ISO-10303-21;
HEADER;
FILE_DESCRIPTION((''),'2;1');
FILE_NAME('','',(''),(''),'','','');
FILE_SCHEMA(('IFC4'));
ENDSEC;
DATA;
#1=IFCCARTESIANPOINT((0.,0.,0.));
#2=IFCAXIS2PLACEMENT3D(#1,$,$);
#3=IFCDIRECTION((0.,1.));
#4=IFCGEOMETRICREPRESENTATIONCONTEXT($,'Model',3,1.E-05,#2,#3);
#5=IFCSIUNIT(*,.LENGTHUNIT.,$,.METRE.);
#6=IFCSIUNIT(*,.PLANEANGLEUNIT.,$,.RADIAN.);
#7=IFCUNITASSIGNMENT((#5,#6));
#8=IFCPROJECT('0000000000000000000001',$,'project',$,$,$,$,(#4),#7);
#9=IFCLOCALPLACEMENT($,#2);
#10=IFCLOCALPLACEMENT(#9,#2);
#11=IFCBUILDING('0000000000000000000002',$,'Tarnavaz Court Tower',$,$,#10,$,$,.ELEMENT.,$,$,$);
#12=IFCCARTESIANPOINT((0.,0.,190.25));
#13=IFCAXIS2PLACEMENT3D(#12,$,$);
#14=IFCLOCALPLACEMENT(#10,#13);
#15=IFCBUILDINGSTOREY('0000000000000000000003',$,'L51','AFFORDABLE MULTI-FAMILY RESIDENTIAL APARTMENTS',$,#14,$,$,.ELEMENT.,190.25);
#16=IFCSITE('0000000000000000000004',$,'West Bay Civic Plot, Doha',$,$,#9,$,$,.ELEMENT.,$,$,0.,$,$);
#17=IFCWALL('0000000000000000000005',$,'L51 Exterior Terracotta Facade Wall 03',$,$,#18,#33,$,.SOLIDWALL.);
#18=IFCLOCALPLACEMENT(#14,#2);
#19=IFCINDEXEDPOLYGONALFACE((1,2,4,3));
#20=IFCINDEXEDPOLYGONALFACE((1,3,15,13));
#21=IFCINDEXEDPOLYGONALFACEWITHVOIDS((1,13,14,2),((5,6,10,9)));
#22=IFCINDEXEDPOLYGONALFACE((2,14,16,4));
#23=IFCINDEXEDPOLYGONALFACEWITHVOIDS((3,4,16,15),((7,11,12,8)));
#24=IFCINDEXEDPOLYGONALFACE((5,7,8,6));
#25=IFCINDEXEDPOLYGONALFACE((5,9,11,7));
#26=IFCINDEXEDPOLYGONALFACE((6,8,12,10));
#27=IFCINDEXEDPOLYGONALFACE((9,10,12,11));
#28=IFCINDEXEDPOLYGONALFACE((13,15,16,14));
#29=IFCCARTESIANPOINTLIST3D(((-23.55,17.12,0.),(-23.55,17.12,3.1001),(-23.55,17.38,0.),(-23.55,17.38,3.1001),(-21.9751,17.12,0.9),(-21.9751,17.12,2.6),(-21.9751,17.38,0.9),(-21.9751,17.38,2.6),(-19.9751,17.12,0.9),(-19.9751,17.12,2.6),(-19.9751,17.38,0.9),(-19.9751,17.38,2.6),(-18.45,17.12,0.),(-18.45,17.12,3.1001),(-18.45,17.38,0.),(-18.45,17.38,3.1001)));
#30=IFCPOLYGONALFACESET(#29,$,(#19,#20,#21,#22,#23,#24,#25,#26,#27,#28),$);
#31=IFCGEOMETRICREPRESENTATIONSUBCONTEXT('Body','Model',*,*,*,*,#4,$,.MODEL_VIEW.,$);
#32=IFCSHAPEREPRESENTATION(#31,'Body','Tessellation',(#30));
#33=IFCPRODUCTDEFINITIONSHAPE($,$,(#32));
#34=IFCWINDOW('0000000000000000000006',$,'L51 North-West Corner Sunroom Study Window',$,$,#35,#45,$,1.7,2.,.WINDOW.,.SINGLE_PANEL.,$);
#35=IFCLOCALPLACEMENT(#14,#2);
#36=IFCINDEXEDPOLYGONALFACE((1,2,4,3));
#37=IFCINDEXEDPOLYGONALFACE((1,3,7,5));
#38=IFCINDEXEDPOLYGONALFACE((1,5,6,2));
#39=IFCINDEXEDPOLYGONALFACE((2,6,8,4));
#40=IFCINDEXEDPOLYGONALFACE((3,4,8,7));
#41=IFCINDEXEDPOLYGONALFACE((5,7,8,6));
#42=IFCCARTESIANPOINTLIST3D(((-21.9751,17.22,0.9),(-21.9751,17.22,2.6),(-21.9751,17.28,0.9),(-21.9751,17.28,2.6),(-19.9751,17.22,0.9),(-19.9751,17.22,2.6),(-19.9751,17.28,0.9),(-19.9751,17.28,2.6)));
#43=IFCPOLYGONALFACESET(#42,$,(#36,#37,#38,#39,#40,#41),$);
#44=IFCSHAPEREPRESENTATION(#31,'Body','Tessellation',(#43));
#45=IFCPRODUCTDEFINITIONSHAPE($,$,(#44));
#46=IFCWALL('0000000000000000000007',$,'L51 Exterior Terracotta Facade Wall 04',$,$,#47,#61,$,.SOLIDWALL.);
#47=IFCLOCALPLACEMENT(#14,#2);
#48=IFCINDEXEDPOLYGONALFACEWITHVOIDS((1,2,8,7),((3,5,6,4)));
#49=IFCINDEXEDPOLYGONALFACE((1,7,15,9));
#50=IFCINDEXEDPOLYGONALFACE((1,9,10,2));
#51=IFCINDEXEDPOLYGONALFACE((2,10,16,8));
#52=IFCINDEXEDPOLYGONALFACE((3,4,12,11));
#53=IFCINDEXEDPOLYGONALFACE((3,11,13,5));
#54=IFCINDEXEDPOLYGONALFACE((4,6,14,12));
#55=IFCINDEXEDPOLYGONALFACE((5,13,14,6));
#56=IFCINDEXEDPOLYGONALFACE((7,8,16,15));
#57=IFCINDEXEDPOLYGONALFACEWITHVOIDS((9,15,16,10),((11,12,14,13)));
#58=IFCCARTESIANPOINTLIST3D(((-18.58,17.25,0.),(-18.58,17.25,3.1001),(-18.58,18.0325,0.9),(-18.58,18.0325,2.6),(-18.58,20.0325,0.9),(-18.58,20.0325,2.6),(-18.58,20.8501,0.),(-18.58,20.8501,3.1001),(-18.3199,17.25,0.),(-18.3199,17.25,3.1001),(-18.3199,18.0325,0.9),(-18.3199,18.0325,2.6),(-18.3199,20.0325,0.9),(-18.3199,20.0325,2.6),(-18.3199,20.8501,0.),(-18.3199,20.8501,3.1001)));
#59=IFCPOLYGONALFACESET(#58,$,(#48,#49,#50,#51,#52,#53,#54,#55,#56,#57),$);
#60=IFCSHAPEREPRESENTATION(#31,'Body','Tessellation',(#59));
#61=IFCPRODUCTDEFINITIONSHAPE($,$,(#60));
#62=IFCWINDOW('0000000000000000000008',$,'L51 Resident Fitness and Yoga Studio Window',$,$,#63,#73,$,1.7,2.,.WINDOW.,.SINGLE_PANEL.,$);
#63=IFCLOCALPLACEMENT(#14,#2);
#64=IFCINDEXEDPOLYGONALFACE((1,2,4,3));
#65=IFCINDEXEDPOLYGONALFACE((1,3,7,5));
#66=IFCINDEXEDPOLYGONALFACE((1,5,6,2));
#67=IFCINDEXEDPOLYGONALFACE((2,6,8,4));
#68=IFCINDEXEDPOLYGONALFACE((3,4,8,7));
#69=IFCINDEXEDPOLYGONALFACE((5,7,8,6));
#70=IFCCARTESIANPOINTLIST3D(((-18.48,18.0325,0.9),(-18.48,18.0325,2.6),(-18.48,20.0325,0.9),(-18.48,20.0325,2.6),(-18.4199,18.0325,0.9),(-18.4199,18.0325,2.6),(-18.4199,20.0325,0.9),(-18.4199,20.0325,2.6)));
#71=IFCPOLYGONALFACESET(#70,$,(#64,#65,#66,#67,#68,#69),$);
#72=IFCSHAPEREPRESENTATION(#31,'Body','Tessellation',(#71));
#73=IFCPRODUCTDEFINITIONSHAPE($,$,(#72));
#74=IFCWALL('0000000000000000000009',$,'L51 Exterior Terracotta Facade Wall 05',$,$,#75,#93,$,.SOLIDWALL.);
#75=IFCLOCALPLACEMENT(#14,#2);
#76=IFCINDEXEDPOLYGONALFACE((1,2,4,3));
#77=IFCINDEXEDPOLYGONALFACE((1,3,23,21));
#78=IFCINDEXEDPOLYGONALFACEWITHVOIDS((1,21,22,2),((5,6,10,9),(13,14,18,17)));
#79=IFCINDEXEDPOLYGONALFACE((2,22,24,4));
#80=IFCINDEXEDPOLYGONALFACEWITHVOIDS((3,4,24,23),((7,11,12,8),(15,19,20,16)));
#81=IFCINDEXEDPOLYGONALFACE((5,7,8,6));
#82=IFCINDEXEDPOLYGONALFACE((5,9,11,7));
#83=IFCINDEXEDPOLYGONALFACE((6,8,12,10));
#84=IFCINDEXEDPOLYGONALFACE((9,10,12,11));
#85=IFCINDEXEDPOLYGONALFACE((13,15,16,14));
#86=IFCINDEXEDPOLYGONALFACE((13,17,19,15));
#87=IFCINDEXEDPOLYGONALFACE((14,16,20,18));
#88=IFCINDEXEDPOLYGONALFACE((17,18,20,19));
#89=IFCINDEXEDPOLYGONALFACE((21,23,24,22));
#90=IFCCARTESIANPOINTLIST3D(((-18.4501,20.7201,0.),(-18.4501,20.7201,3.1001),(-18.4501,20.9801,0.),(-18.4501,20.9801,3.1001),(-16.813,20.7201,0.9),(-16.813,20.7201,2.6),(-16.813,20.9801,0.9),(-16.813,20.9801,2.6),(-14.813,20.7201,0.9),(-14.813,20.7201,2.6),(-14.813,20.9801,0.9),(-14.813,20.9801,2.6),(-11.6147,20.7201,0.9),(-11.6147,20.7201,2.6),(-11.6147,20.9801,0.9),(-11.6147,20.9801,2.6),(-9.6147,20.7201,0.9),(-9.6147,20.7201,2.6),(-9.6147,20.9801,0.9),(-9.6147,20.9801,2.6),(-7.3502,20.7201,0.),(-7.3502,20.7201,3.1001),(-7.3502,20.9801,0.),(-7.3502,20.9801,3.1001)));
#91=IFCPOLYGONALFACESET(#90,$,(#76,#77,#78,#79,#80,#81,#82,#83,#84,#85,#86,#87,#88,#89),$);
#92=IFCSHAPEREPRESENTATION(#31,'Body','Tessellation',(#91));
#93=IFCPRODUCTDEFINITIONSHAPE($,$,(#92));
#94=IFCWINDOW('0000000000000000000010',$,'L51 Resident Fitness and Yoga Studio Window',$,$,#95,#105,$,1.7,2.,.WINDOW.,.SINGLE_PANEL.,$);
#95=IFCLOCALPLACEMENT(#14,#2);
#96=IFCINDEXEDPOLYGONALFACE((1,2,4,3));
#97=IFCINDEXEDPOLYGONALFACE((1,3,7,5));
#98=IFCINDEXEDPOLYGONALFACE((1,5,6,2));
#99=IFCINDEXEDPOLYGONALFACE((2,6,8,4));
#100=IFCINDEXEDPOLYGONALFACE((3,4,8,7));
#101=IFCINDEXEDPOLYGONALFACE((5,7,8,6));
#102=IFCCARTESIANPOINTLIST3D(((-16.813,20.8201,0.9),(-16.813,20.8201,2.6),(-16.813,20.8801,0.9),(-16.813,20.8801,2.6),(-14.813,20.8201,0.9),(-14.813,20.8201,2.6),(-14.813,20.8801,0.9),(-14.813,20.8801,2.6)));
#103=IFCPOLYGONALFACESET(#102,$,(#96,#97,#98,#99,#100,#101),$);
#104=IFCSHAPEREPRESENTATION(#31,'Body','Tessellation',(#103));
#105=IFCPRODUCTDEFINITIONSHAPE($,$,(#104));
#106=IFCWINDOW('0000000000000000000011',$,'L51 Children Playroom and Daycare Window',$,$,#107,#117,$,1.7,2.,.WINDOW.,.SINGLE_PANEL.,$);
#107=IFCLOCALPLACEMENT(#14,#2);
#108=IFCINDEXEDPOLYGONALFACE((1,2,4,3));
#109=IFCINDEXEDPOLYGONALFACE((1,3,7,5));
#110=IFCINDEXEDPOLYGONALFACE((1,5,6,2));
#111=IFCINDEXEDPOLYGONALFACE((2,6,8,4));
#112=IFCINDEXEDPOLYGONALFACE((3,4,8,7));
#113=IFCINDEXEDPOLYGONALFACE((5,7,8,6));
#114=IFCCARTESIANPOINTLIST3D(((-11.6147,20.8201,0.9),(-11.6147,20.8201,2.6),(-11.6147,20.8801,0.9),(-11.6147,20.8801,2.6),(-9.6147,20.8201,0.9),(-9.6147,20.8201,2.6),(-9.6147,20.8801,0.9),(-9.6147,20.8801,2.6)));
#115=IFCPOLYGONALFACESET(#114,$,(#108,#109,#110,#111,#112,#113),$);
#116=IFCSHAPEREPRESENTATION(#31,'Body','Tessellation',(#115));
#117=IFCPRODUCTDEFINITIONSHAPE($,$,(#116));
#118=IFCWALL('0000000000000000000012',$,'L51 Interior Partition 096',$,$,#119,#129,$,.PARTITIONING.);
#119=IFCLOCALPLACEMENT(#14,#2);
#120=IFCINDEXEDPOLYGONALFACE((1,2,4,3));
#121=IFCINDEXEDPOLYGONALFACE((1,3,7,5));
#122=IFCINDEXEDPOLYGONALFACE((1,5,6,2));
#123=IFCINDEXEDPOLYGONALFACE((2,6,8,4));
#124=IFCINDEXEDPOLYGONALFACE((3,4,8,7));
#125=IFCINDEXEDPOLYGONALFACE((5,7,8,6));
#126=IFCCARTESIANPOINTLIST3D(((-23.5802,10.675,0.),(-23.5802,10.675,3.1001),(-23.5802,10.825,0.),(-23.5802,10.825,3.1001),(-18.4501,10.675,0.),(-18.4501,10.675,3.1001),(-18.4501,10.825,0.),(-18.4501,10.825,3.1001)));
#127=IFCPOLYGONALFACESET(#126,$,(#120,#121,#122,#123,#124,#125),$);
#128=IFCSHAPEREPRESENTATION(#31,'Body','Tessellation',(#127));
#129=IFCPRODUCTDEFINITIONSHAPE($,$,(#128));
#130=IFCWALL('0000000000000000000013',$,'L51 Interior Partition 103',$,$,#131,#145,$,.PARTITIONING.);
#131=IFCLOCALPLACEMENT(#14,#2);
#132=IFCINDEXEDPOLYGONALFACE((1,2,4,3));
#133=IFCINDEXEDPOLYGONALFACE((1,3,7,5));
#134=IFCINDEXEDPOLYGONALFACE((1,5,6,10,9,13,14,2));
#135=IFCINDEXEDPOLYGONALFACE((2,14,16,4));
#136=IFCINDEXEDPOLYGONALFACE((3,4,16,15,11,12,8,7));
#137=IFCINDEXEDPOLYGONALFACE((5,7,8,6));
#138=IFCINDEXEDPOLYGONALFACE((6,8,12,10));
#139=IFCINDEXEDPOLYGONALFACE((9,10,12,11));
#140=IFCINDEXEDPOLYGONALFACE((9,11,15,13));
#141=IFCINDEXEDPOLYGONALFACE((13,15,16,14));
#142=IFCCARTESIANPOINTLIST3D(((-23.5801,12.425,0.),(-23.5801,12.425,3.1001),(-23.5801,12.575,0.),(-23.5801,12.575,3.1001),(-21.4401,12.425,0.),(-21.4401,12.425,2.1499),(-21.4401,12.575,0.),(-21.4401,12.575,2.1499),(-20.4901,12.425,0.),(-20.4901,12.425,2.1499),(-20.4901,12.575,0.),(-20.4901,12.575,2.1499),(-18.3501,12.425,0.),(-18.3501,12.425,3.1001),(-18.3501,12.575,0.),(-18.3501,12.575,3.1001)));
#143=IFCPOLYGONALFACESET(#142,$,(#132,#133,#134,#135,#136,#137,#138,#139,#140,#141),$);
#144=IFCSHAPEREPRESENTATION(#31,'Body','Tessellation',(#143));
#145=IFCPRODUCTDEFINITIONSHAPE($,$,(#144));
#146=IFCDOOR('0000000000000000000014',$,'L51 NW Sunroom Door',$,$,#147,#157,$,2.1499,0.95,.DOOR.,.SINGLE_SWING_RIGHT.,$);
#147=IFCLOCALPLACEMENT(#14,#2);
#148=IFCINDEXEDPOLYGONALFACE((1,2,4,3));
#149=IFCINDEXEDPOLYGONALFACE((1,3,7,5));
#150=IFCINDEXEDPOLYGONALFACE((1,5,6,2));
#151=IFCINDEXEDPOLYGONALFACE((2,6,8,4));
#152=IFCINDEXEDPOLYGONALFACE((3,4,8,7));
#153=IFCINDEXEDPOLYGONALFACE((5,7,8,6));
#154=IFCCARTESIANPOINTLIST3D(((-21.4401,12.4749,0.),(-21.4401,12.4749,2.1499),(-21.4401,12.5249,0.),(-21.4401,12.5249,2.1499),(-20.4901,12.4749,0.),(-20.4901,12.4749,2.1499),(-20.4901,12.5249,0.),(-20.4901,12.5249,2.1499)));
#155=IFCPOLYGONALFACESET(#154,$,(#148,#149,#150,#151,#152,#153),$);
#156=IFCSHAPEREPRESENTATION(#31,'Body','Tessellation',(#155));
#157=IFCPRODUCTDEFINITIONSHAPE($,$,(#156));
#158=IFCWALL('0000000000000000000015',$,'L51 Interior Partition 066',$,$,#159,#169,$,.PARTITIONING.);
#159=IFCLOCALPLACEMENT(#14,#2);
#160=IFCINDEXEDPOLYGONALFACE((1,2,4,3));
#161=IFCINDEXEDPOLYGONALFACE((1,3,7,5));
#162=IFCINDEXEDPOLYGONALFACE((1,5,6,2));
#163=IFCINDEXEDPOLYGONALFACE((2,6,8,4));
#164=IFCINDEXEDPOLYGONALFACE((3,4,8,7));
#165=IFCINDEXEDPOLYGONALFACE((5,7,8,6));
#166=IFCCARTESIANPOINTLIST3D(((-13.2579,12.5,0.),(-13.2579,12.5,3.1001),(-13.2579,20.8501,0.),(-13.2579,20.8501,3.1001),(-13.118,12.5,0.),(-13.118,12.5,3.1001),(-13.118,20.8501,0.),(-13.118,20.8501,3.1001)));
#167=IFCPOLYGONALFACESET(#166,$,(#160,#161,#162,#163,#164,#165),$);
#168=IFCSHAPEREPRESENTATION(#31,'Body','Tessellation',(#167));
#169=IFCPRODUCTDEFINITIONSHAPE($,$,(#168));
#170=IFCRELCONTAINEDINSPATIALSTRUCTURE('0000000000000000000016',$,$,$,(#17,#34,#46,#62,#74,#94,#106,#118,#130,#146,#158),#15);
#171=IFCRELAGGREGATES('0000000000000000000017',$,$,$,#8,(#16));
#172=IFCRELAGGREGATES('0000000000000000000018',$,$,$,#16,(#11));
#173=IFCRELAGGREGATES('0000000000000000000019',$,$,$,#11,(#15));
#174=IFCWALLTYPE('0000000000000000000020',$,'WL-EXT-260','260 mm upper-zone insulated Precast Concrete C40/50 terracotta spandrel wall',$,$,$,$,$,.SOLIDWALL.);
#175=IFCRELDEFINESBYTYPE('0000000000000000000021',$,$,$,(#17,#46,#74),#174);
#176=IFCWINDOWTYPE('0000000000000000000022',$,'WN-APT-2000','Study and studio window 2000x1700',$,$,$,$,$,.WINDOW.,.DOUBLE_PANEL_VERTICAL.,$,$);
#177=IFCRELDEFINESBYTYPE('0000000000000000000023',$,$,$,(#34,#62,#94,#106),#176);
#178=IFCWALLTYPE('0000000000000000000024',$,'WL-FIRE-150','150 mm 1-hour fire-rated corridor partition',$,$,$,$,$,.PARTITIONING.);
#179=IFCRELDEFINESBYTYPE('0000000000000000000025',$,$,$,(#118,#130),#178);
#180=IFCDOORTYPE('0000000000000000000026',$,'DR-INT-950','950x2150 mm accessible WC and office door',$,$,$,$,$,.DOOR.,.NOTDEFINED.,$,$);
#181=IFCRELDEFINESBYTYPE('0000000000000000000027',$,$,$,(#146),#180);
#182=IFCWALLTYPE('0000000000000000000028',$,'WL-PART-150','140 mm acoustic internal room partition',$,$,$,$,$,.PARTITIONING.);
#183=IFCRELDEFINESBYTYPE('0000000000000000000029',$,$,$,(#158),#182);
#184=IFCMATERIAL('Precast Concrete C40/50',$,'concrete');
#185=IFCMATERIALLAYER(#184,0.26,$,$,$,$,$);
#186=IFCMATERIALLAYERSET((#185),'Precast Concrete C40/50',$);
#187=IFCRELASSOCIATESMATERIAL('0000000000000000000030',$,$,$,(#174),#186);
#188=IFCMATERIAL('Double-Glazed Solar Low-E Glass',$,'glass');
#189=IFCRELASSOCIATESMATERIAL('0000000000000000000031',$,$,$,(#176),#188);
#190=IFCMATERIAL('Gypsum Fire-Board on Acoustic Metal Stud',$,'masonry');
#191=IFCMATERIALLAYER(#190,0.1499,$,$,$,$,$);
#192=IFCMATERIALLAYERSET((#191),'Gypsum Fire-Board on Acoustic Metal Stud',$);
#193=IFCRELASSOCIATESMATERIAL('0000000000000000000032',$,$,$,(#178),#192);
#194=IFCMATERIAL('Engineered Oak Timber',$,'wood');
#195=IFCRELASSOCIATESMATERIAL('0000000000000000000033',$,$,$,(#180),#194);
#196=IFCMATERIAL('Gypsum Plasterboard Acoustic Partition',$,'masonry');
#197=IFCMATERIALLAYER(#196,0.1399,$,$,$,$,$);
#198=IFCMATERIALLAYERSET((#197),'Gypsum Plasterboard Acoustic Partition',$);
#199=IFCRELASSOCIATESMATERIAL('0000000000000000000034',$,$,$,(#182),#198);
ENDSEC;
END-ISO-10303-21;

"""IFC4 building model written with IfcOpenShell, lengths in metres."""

from ifc_helpers import new_model, si_unit, direction, frame, frame_2d, origin, place, context, subcontext, project, spatial, rectangle, extrude, material, layer, layer_set, type_object, element, fill, save


model = new_model("IFC4")

# Units and contexts
model_context = context("Model", 3, precision=1e-05, world=origin(), true_north=direction((0.0, 1.0)))
body_context = subcontext(model_context, "Body", "Model", "MODEL_VIEW")
ifc_project = project(units=[si_unit("LENGTHUNIT", "METRE"), si_unit("PLANEANGLEUNIT", "RADIAN")], contexts=[model_context])

# Site, building, storey
site_placement = place(None, origin())
site = spatial("IfcSite", under=ifc_project, at=site_placement, Name="West Bay Civic Plot, Doha", CompositionType="ELEMENT", RefElevation=0.0)
building_placement = place(site_placement, origin())
building = spatial("IfcBuilding", under=site, at=building_placement, Name="Tarnavaz Court Tower", CompositionType="ELEMENT")
storey_placement = place(building_placement, frame((0.0, 0.0, 190.25)))
storey = spatial("IfcBuildingStorey", under=building, at=storey_placement, Name="L51", Description="AFFORDABLE MULTI-FAMILY RESIDENTIAL APARTMENTS", CompositionType="ELEMENT", Elevation=190.25)

# Walls, openings, windows
ifc_material_1 = material(Name="Precast Concrete C40/50", Category="concrete")
ifc_layer_1 = layer(ifc_material_1, 0.26)
ifc_layer_set_1 = layer_set([ifc_layer_1], Name="Precast Concrete C40/50")
wall_type_1 = type_object("IfcWallType", Name="WL-EXT-260", Description="260 mm upper-zone insulated Precast Concrete C40/50 terracotta spandrel wall", PredefinedType="SOLIDWALL", material=ifc_layer_set_1)
wall_1_placement = place(storey_placement, frame((-23.55, 17.25, 0.0), z_axis=(0.0, 0.0, 1.0), x_axis=(1.0, 0.0, 0.0)))
wall_1 = element("IfcWall", 1, at=wall_1_placement, inside=storey, type_object=wall_type_1, Name="L51 Exterior Terracotta Facade Wall 03", PredefinedType="SOLIDWALL", context=body_context, shape_type="SweptSolid", body=[
    extrude(rectangle(XDim=5.1001, YDim=0.26, at=frame_2d((2.55, 0.0))), origin(), (0.0, 0.0, 1.0), 3.1001),
])
opening_1_placement = place(wall_1_placement, frame((1.575, 0.0, 0.8999)))
opening_1 = element("IfcOpeningElement", 2, at=opening_1_placement, cuts=wall_1, PredefinedType="OPENING", context=body_context, shape_type="SweptSolid", body=[
    extrude(rectangle(XDim=2.0, YDim=1.7, at=frame_2d((1.0, 0.8501))), frame((0.0, 0.1399, 0.0), z_axis=(0.0, -1.0, 0.0), x_axis=(1.0, 0.0, 0.0)), (0.0, 0.0, 1.0), 0.28),
])
ifc_material_2 = material(Name="Double-Glazed Solar Low-E Glass", Category="glass")
window_type = type_object("IfcWindowType", Name="WN-APT-2000", Description="Study and studio window 2000x1700", PartitioningType="DOUBLE_PANEL_VERTICAL", PredefinedType="WINDOW", material=ifc_material_2)
window_1_placement = place(opening_1_placement, origin())
window_1 = element("IfcWindow", 3, at=window_1_placement, inside=storey, type_object=window_type, Name="L51 North-West Corner Sunroom Study Window", OverallHeight=1.7, OverallWidth=2.0, PartitioningType="SINGLE_PANEL", PredefinedType="WINDOW", context=body_context, shape_type="SweptSolid", body=[
    extrude(rectangle(XDim=2.0, YDim=1.7, at=frame_2d((1.0, 0.8501))), frame((0.0, 0.03, 0.0), z_axis=(0.0, -1.0, 0.0), x_axis=(1.0, 0.0, 0.0)), (0.0, 0.0, 1.0), 0.0601),
])
fill(opening_1, window_1)
wall_2_placement = place(storey_placement, frame((-18.45, 17.25, 0.0), z_axis=(0.0, 0.0, 1.0), x_axis=(0.0, 1.0, 0.0)))
wall_2 = element("IfcWall", 4, at=wall_2_placement, inside=storey, type_object=wall_type_1, Name="L51 Exterior Terracotta Facade Wall 04", PredefinedType="SOLIDWALL", context=body_context, shape_type="SweptSolid", body=[
    extrude(rectangle(XDim=3.6001, YDim=0.26, at=frame_2d((1.8, 0.0))), origin(), (0.0, 0.0, 1.0), 3.1001),
])
opening_2_placement = place(wall_2_placement, frame((0.7825, 0.0, 0.8999)))
opening_2 = element("IfcOpeningElement", 5, at=opening_2_placement, cuts=wall_2, PredefinedType="OPENING", context=body_context, shape_type="SweptSolid", body=[
    extrude(rectangle(XDim=2.0, YDim=1.7, at=frame_2d((1.0, 0.8501))), frame((0.0, 0.1399, 0.0), z_axis=(0.0, -1.0, 0.0), x_axis=(1.0, 0.0, 0.0)), (0.0, 0.0, 1.0), 0.28),
])
window_2_placement = place(opening_2_placement, origin())
window_2 = element("IfcWindow", 6, at=window_2_placement, inside=storey, type_object=window_type, Name="L51 Resident Fitness and Yoga Studio Window", OverallHeight=1.7, OverallWidth=2.0, PartitioningType="SINGLE_PANEL", PredefinedType="WINDOW", context=body_context, shape_type="SweptSolid", body=[
    extrude(rectangle(XDim=2.0, YDim=1.7, at=frame_2d((1.0, 0.8501))), frame((0.0, 0.03, 0.0), z_axis=(0.0, -1.0, 0.0), x_axis=(1.0, 0.0, 0.0)), (0.0, 0.0, 1.0), 0.0601),
])
fill(opening_2, window_2)

# Wall, openings, windows
wall_3_placement = place(storey_placement, frame((-18.45, 20.8501, 0.0), z_axis=(0.0, 0.0, 1.0), x_axis=(1.0, 0.0, 0.0)))
wall_3 = element("IfcWall", 7, at=wall_3_placement, inside=storey, type_object=wall_type_1, Name="L51 Exterior Terracotta Facade Wall 05", PredefinedType="SOLIDWALL", context=body_context, shape_type="SweptSolid", body=[
    extrude(rectangle(XDim=11.0999, YDim=0.26, at=frame_2d((5.5498, 0.0))), origin(), (0.0, 0.0, 1.0), 3.1001),
])
opening_3_placement = place(wall_3_placement, frame((1.637, 0.0, 0.8999)))
opening_3 = element("IfcOpeningElement", 8, at=opening_3_placement, cuts=wall_3, PredefinedType="OPENING", context=body_context, shape_type="SweptSolid", body=[
    extrude(rectangle(XDim=2.0, YDim=1.7, at=frame_2d((1.0, 0.8501))), frame((0.0, 0.1399, 0.0), z_axis=(0.0, -1.0, 0.0), x_axis=(1.0, 0.0, 0.0)), (0.0, 0.0, 1.0), 0.28),
])
opening_4_placement = place(wall_3_placement, frame((6.8352, 0.0, 0.8999)))
opening_4 = element("IfcOpeningElement", 9, at=opening_4_placement, cuts=wall_3, PredefinedType="OPENING", context=body_context, shape_type="SweptSolid", body=[
    extrude(rectangle(XDim=2.0, YDim=1.7, at=frame_2d((1.0, 0.8501))), frame((0.0, 0.1399, 0.0), z_axis=(0.0, -1.0, 0.0), x_axis=(1.0, 0.0, 0.0)), (0.0, 0.0, 1.0), 0.28),
])
window_3_placement = place(opening_3_placement, origin())
window_3 = element("IfcWindow", 10, at=window_3_placement, inside=storey, type_object=window_type, Name="L51 Resident Fitness and Yoga Studio Window", OverallHeight=1.7, OverallWidth=2.0, PartitioningType="SINGLE_PANEL", PredefinedType="WINDOW", context=body_context, shape_type="SweptSolid", body=[
    extrude(rectangle(XDim=2.0, YDim=1.7, at=frame_2d((1.0, 0.8501))), frame((0.0, 0.03, 0.0), z_axis=(0.0, -1.0, 0.0), x_axis=(1.0, 0.0, 0.0)), (0.0, 0.0, 1.0), 0.0601),
])
fill(opening_3, window_3)
window_4_placement = place(opening_4_placement, origin())
window_4 = element("IfcWindow", 11, at=window_4_placement, inside=storey, type_object=window_type, Name="L51 Children Playroom and Daycare Window", OverallHeight=1.7, OverallWidth=2.0, PartitioningType="SINGLE_PANEL", PredefinedType="WINDOW", context=body_context, shape_type="SweptSolid", body=[
    extrude(rectangle(XDim=2.0, YDim=1.7, at=frame_2d((1.0, 0.8501))), frame((0.0, 0.03, 0.0), z_axis=(0.0, -1.0, 0.0), x_axis=(1.0, 0.0, 0.0)), (0.0, 0.0, 1.0), 0.0601),
])
fill(opening_4, window_4)

# Shared definitions
ifc_material_3 = material(Name="Gypsum Fire-Board on Acoustic Metal Stud", Category="masonry")
ifc_layer_2 = layer(ifc_material_3, 0.1499)
ifc_layer_set_2 = layer_set([ifc_layer_2], Name="Gypsum Fire-Board on Acoustic Metal Stud")
wall_type_2 = type_object("IfcWallType", Name="WL-FIRE-150", Description="150 mm 1-hour fire-rated corridor partition", PredefinedType="PARTITIONING", material=ifc_layer_set_2)
ifc_material_4 = material(Name="Engineered Oak Timber", Category="wood")
door_type = type_object("IfcDoorType", Name="DR-INT-950", Description="950x2150 mm accessible WC and office door", OperationType="NOTDEFINED", PredefinedType="DOOR", material=ifc_material_4)

# Wall
wall_4_placement = place(storey_placement, frame((-23.5801, 10.75, 0.0), z_axis=(0.0, 0.0, 1.0), x_axis=(1.0, 0.0, 0.0)))
element("IfcWall", 12, at=wall_4_placement, inside=storey, type_object=wall_type_2, Name="L51 Interior Partition 096", PredefinedType="PARTITIONING", context=body_context, shape_type="SweptSolid", body=[
    extrude(rectangle(XDim=5.1301, YDim=0.1499, at=frame_2d((2.5649, 0.0))), origin(), (0.0, 0.0, 1.0), 3.1001),
])

# Wall, opening, door
wall_5_placement = place(storey_placement, frame((-23.5801, 12.5, 0.0), z_axis=(0.0, 0.0, 1.0), x_axis=(1.0, 0.0, 0.0)))
wall_5 = element("IfcWall", 13, at=wall_5_placement, inside=storey, type_object=wall_type_2, Name="L51 Interior Partition 103", PredefinedType="PARTITIONING", context=body_context, shape_type="SweptSolid", body=[
    extrude(rectangle(XDim=5.23, YDim=0.1499, at=frame_2d((2.615, 0.0))), origin(), (0.0, 0.0, 1.0), 3.1001),
])
opening_5_placement = place(wall_5_placement, frame((2.1399, 0.0, 0.0)))
opening_5 = element("IfcOpeningElement", 14, at=opening_5_placement, cuts=wall_5, PredefinedType="OPENING", context=body_context, shape_type="SweptSolid", body=[
    extrude(rectangle(XDim=0.95, YDim=2.1499, at=frame_2d((0.4751, 1.075))), frame((0.0, 0.085, 0.0), z_axis=(0.0, -1.0, 0.0), x_axis=(1.0, 0.0, 0.0)), (0.0, 0.0, 1.0), 0.1699),
])
door_1_placement = place(opening_5_placement, origin())
door_1 = element("IfcDoor", 15, at=door_1_placement, inside=storey, type_object=door_type, Name="L51 NW Sunroom Door", OperationType="SINGLE_SWING_RIGHT", OverallHeight=2.1499, OverallWidth=0.95, PredefinedType="DOOR", context=body_context, shape_type="SweptSolid", body=[
    extrude(rectangle(XDim=0.95, YDim=2.1499, at=frame_2d((0.4751, 1.075))), frame((0.0, 0.0249, 0.0), z_axis=(0.0, -1.0, 0.0), x_axis=(1.0, 0.0, 0.0)), (0.0, 0.0, 1.0), 0.05),
])
fill(opening_5, door_1)

# Wall
ifc_material_5 = material(Name="Gypsum Plasterboard Acoustic Partition", Category="masonry")
ifc_layer_3 = layer(ifc_material_5, 0.1399)
ifc_layer_set_3 = layer_set([ifc_layer_3], Name="Gypsum Plasterboard Acoustic Partition")
wall_type_3 = type_object("IfcWallType", Name="WL-PART-150", Description="140 mm acoustic internal room partition", PredefinedType="PARTITIONING", material=ifc_layer_set_3)
wall_6_placement = place(storey_placement, frame((-13.188, 12.5, 0.0), z_axis=(0.0, 0.0, 1.0), x_axis=(0.0, 1.0, 0.0)))
element("IfcWall", 16, at=wall_6_placement, inside=storey, type_object=wall_type_3, Name="L51 Interior Partition 066", PredefinedType="PARTITIONING", context=body_context, shape_type="SweptSolid", body=[
    extrude(rectangle(XDim=8.3501, YDim=0.1399, at=frame_2d((4.175, 0.0))), origin(), (0.0, 0.0, 1.0), 3.1001),
])

save(model, "model.ifc")
